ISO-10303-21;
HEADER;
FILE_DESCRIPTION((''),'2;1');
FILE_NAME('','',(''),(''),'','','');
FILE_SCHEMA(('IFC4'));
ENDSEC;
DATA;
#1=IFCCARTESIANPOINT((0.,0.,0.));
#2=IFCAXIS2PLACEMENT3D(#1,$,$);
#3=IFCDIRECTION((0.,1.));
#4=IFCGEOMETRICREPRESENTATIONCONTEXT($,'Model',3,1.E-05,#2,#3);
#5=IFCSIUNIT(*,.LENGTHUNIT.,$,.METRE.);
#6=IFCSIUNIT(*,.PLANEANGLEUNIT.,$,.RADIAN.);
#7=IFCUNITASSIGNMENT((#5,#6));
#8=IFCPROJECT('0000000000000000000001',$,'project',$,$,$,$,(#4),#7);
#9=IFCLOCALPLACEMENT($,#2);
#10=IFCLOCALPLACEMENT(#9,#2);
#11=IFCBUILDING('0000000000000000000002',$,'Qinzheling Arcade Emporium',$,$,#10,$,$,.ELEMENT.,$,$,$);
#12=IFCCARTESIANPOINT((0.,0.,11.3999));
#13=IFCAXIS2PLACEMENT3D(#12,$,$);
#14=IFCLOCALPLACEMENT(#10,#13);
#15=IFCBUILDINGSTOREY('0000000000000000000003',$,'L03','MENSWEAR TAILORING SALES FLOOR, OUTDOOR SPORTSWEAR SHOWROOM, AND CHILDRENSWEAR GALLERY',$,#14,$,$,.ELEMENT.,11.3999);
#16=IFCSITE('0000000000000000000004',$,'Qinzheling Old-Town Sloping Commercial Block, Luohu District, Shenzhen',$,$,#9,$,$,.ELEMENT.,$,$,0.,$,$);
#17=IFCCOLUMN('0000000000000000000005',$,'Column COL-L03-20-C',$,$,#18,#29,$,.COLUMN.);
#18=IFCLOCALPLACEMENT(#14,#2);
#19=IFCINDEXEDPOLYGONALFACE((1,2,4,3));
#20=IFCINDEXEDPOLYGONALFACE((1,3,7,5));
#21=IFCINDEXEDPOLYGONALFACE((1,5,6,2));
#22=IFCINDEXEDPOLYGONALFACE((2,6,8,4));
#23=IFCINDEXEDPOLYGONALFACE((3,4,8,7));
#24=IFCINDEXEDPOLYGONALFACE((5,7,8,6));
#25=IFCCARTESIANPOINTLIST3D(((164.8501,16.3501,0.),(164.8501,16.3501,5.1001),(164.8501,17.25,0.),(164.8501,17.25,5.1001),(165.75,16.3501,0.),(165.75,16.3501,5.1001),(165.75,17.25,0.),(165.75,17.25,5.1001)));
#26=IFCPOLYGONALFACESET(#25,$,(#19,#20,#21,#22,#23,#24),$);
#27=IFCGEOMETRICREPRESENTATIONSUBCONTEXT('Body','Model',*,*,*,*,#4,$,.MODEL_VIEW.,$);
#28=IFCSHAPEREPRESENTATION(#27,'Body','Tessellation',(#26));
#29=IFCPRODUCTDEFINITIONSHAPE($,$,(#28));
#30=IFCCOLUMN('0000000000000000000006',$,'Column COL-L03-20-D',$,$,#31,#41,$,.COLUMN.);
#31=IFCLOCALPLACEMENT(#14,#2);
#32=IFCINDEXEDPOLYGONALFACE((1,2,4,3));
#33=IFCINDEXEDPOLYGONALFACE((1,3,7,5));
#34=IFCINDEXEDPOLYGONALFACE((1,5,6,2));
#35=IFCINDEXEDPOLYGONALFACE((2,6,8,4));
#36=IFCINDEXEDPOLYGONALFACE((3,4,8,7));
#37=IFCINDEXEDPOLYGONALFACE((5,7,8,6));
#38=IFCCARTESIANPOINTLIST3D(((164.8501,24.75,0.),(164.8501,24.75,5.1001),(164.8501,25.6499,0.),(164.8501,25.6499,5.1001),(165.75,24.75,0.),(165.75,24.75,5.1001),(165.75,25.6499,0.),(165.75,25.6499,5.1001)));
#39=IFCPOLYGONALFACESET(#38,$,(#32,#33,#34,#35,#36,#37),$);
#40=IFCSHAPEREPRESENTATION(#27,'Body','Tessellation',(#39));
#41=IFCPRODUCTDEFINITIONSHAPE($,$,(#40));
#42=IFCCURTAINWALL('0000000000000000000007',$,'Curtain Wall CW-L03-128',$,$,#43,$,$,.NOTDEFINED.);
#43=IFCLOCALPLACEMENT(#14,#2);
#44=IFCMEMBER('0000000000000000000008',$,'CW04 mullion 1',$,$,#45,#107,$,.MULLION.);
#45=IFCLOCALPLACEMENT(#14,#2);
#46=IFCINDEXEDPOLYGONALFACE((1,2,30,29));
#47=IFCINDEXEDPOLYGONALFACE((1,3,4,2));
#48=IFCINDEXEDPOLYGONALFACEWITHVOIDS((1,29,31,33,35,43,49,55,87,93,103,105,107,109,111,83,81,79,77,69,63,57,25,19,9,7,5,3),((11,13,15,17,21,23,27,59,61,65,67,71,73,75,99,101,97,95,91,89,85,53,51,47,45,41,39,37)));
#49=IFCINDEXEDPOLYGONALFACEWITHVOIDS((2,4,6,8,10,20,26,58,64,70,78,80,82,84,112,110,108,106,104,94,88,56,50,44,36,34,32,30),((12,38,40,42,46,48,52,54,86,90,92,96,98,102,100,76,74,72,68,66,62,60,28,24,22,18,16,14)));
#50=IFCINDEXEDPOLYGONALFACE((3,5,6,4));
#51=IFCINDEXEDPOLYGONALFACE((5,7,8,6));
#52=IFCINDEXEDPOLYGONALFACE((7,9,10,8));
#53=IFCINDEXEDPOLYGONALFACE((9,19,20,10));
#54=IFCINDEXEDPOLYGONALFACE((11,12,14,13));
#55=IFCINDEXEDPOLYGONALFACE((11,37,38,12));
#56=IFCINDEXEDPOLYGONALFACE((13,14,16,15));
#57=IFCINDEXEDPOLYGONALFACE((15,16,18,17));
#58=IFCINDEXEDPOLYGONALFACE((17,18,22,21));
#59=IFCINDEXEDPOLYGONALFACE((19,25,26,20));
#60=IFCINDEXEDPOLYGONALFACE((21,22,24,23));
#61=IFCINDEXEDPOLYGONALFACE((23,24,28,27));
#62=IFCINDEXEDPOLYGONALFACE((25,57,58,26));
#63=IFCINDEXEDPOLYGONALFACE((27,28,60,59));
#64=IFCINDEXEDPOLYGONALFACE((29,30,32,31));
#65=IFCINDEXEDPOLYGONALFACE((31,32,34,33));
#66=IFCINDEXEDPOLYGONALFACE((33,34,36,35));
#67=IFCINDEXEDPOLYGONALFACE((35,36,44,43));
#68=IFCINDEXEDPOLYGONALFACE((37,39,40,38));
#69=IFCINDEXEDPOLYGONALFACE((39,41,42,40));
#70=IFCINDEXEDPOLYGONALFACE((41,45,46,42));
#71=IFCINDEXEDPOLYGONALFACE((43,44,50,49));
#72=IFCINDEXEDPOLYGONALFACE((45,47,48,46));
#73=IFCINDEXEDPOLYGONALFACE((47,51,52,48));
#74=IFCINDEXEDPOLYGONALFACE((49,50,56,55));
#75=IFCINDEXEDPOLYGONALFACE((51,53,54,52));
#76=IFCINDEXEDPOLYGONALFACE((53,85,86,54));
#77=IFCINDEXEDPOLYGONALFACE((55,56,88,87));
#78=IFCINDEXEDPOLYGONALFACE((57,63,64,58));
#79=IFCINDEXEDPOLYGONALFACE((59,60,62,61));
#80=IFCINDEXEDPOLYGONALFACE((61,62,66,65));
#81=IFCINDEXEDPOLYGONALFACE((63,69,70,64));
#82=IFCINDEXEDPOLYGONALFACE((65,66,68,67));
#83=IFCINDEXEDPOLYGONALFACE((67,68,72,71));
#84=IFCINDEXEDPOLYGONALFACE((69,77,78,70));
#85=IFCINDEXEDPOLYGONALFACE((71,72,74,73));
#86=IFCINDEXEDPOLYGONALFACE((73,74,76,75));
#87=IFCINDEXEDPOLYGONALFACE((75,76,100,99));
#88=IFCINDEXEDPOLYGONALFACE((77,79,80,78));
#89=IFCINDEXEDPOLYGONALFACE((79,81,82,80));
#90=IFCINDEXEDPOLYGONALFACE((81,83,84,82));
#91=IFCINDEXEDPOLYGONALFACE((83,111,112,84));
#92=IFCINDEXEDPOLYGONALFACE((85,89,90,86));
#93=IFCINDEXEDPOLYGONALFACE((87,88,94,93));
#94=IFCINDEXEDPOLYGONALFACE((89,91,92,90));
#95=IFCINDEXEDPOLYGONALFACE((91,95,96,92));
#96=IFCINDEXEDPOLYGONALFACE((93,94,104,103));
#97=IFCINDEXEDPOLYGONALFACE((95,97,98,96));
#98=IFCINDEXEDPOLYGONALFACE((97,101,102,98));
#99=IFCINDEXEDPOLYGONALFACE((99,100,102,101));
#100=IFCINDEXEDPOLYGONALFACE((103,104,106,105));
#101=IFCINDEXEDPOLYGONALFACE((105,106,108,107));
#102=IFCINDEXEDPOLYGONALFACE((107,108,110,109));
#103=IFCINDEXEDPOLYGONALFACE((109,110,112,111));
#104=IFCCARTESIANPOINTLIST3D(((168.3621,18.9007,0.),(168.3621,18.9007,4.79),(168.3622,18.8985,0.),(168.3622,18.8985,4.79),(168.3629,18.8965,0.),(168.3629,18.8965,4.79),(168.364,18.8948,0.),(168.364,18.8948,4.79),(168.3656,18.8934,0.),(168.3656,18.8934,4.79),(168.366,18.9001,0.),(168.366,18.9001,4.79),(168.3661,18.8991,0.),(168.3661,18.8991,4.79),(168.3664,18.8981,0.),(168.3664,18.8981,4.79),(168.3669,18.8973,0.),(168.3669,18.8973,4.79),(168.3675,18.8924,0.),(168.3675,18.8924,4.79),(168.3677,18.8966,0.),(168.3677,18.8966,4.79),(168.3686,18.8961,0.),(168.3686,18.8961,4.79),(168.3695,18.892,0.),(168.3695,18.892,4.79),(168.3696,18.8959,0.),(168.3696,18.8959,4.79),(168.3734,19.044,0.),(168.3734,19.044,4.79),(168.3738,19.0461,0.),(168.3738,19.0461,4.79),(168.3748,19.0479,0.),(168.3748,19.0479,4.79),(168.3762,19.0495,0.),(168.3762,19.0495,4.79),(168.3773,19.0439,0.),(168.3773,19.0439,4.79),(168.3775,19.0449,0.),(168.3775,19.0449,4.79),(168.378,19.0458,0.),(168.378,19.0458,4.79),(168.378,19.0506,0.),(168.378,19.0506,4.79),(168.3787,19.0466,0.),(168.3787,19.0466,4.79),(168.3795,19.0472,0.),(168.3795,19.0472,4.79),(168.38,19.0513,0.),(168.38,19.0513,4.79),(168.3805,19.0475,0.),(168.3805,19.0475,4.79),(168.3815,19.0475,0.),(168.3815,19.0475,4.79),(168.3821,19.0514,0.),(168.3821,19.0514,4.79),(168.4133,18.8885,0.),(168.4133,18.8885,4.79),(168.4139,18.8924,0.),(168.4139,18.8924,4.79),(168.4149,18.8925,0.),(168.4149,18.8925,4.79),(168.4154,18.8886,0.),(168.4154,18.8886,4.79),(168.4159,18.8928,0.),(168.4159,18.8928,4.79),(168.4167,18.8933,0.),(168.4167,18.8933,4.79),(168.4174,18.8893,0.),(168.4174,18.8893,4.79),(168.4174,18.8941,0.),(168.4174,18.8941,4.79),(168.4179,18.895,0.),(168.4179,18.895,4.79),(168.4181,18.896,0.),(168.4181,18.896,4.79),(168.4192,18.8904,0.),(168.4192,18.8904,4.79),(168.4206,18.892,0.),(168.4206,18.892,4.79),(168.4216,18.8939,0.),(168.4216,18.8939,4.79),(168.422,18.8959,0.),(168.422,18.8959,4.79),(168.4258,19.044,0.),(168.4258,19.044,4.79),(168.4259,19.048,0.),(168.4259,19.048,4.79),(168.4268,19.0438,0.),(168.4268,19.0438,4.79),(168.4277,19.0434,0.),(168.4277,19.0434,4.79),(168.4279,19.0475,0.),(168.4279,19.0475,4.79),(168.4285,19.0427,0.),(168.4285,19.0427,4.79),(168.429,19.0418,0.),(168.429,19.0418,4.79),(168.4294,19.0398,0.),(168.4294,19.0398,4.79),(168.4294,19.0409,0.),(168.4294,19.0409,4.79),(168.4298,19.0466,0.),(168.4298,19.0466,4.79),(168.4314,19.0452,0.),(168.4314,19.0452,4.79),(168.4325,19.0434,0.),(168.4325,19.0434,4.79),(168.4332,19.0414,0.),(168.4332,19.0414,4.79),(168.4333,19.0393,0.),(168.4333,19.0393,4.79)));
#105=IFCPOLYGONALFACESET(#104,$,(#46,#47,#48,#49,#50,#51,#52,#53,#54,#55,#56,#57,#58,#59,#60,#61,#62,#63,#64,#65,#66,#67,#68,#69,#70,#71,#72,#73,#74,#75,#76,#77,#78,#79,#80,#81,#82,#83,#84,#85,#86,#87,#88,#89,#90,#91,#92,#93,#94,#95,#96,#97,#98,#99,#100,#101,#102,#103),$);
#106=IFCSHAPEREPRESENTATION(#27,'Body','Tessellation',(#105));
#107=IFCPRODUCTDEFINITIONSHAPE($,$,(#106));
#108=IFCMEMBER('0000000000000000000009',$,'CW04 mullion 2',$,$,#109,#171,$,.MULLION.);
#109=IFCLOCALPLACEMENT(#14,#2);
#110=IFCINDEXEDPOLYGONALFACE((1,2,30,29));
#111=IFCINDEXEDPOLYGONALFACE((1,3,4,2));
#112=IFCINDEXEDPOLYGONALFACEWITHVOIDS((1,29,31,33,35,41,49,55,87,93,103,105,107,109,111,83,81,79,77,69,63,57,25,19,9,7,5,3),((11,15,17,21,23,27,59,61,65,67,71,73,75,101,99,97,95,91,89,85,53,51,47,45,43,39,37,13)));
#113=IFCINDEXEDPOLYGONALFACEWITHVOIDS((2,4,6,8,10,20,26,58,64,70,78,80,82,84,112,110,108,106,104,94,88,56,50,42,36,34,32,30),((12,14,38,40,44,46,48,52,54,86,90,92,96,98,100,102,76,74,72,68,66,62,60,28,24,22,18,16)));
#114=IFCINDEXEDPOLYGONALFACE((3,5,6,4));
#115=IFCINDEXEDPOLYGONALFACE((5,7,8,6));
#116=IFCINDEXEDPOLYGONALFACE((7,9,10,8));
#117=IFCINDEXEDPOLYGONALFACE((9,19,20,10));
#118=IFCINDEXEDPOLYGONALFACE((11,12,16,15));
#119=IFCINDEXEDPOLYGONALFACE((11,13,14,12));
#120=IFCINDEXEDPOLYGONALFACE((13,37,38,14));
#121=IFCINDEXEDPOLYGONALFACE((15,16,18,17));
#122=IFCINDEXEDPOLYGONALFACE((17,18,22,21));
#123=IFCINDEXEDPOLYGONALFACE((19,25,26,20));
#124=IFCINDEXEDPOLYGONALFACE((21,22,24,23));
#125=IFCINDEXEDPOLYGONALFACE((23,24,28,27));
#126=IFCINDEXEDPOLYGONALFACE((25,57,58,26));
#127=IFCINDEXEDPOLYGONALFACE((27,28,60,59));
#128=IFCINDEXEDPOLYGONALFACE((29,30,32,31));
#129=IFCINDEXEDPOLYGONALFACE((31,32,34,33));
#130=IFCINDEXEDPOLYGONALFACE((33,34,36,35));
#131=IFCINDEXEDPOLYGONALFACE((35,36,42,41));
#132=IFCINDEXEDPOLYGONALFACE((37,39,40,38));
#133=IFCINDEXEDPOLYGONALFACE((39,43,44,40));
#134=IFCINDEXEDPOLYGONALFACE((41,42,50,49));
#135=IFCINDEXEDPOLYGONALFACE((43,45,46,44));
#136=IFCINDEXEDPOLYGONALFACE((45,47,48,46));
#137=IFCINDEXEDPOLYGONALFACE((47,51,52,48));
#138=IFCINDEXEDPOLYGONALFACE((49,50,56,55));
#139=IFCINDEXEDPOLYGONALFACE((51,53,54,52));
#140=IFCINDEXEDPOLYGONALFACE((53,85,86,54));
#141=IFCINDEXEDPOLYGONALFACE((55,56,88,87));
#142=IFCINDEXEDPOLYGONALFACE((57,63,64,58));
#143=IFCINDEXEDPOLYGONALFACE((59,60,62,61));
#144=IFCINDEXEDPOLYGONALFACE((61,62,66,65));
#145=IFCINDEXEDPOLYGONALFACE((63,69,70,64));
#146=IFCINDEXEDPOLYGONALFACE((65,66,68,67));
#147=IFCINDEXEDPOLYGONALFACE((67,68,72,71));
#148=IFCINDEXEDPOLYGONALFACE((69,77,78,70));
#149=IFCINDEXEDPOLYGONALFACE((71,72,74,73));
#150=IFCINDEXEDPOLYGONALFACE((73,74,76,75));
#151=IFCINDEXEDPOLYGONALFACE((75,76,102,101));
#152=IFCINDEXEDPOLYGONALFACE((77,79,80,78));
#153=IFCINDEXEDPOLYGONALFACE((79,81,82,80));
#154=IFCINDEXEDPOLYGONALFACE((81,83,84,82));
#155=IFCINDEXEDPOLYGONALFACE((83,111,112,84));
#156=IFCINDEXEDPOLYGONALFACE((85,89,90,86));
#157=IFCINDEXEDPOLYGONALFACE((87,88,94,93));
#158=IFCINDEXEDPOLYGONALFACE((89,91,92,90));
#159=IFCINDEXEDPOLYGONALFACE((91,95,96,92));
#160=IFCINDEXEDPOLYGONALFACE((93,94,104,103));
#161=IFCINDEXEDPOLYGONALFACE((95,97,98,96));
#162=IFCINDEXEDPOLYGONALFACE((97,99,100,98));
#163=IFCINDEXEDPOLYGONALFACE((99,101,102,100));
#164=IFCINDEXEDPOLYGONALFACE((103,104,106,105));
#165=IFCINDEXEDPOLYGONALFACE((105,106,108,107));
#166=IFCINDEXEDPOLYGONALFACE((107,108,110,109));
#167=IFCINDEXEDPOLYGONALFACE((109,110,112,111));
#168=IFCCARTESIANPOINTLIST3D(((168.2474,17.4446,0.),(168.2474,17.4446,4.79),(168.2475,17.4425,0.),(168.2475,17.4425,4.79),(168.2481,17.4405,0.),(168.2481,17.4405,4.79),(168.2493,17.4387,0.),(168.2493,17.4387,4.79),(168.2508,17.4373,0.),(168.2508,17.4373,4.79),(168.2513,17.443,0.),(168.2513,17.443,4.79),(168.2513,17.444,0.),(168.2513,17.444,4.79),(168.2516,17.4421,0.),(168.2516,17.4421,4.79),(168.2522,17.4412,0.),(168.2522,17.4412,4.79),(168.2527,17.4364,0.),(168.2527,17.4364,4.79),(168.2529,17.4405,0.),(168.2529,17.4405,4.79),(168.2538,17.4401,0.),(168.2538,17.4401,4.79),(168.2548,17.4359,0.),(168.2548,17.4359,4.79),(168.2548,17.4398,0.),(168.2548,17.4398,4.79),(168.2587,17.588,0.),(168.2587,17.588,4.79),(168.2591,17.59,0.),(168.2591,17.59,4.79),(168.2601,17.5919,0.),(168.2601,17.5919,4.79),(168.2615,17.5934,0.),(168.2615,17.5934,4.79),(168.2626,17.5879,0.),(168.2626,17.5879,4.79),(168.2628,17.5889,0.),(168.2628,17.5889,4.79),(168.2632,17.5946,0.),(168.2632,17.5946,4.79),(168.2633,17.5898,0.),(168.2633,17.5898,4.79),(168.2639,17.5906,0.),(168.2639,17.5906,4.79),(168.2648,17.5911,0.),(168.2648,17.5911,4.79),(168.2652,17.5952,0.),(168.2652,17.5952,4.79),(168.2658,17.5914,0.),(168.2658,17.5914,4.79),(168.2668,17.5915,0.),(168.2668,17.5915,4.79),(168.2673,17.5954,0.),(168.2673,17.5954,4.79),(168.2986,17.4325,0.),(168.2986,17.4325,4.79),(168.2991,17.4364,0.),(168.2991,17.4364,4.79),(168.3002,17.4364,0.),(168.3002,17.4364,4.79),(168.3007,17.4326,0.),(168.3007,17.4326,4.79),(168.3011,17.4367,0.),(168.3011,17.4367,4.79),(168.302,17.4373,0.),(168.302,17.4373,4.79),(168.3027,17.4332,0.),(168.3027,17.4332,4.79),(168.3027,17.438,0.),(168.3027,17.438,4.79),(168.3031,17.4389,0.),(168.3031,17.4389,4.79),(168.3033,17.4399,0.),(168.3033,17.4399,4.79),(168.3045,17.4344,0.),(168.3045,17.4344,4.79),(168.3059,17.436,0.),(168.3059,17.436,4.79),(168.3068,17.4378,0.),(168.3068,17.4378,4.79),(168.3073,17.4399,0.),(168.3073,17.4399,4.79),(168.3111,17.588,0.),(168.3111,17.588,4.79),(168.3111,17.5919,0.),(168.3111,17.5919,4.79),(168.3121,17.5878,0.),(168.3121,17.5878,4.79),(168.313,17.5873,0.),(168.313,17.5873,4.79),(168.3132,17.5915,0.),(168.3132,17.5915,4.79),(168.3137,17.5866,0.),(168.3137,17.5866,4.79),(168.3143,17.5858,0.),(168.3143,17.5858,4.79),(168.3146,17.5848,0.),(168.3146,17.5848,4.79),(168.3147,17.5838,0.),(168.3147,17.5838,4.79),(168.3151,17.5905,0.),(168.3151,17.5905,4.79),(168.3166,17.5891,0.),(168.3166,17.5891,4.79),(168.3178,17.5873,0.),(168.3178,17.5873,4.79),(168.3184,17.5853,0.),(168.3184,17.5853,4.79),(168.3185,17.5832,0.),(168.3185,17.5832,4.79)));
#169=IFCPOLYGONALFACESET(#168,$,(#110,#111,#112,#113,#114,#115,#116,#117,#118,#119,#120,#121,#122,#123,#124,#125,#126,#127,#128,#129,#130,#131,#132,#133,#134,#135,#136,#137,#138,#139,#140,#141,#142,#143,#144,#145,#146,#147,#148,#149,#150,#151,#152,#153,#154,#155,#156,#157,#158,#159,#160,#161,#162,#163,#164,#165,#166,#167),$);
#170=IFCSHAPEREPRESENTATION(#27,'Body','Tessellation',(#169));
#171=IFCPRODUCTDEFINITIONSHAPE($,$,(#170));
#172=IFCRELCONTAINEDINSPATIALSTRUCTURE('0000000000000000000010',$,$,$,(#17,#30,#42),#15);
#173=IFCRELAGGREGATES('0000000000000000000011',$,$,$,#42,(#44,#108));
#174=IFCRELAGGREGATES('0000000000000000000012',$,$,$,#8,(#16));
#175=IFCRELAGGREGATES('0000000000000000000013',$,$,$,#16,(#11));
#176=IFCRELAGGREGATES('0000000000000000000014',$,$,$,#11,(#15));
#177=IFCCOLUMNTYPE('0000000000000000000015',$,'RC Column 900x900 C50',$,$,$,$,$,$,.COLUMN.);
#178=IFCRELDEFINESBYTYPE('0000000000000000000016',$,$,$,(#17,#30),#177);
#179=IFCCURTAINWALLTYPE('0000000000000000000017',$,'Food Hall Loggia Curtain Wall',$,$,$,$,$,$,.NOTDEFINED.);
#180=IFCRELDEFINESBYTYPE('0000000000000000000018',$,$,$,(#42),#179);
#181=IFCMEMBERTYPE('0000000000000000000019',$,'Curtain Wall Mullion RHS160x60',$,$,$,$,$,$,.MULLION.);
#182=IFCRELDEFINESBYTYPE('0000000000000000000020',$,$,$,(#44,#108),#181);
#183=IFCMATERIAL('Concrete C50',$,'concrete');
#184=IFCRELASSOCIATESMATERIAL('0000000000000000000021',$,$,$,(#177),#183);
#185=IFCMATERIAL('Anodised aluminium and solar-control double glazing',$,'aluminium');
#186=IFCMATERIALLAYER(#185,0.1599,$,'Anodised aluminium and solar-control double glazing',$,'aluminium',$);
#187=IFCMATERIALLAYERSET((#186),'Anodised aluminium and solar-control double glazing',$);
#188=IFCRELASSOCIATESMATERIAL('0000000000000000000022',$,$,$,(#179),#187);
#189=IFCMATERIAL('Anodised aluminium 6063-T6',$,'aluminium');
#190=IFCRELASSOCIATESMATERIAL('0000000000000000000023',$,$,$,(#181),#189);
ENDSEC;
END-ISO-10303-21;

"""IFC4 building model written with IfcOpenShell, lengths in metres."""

from ifc_helpers import new_model, si_unit, direction, frame, origin, origin_2d, place, context, subcontext, project, spatial, rectangle, hollow_rectangle, extrude, material, layer, layer_set, material_profile, profile_set, type_object, element, aggregate, save


model = new_model("IFC4")

# Units and contexts
model_context = context("Model", 3, precision=1e-05, world=origin(), true_north=direction((0.0, 1.0)))
body_context = subcontext(model_context, "Body", "Model", "MODEL_VIEW")
ifc_project = project(units=[si_unit("LENGTHUNIT", "METRE"), si_unit("PLANEANGLEUNIT", "RADIAN")], contexts=[model_context])

# Site, building, storey
site_placement = place(None, origin())
site = spatial("IfcSite", under=ifc_project, at=site_placement, Name="Qinzheling Old-Town Sloping Commercial Block, Luohu District, Shenzhen", CompositionType="ELEMENT", RefElevation=0.0)
building_placement = place(site_placement, origin())
building = spatial("IfcBuilding", under=site, at=building_placement, Name="Qinzheling Arcade Emporium", CompositionType="ELEMENT")
storey_placement = place(building_placement, frame((0.0, 0.0, 11.3999)))
storey = spatial("IfcBuildingStorey", under=building, at=storey_placement, Name="L03", Description="MENSWEAR TAILORING SALES FLOOR, OUTDOOR SPORTSWEAR SHOWROOM, AND CHILDRENSWEAR GALLERY", CompositionType="ELEMENT", Elevation=11.3999)

# Columns
ifc_material_1 = material(Name="Concrete C50", Category="concrete")
ifc_material_profile_1 = material_profile(ifc_material_1, rectangle(XDim=0.8999, YDim=0.8999, at=origin_2d()), Name="RC 900x900", Category="concrete")
ifc_profile_set_1 = profile_set([ifc_material_profile_1], Name="Concrete C50")
column_type = type_object("IfcColumnType", Name="RC Column 900x900 C50", PredefinedType="COLUMN", material=ifc_profile_set_1)
for number, where, z_axis, x_axis, name in (
    (1, (165.3, 16.8, 0.0), (0.0, 0.0, 1.0), (1.0, 0.0, 0.0), "Column COL-L03-20-C"),
    (2, (165.3, 25.2, 0.0), (0.0, 0.0, 1.0), (1.0, 0.0, 0.0), "Column COL-L03-20-D"),
):
    element("IfcColumn", number, at=place(storey_placement, frame(where, z_axis=z_axis, x_axis=x_axis)), inside=storey, type_object=column_type, Name=name, PredefinedType="COLUMN", context=body_context, shape_type="SweptSolid", body=[
        extrude(rectangle(XDim=0.8999, YDim=0.8999, at=origin_2d()), origin(), (0.0, 0.0, 1.0), 5.1001),
    ])

# Curtain wall, members
ifc_material_2 = material(Name="Anodised aluminium and solar-control double glazing", Category="aluminium")
ifc_layer_1 = layer(ifc_material_2, 0.1599, Name="Anodised aluminium and solar-control double glazing", Category="aluminium")
ifc_layer_set_1 = layer_set([ifc_layer_1], Name="Anodised aluminium and solar-control double glazing")
curtain_wall_type = type_object("IfcCurtainWallType", Name="Food Hall Loggia Curtain Wall", PredefinedType="NOTDEFINED", material=ifc_layer_set_1)
curtain_wall_placement = place(storey_placement, origin())
curtain_wall = element("IfcCurtainWall", 3, at=curtain_wall_placement, inside=storey, type_object=curtain_wall_type, Name="Curtain Wall CW-L03-128", PredefinedType="NOTDEFINED")
ifc_material_3 = material(Name="Anodised aluminium 6063-T6", Category="aluminium")
ifc_material_profile_2 = material_profile(ifc_material_3, hollow_rectangle(XDim=0.0601, YDim=0.1599, WallThickness=0.0039, InnerFilletRadius=0.0039, OuterFilletRadius=0.0081, at=origin_2d()), Name="RHS 160x60x4", Category="aluminium")
ifc_profile_set_2 = profile_set([ifc_material_profile_2], Name="Anodised aluminium 6063-T6")
member_type_1 = type_object("IfcMemberType", Name="Curtain Wall Mullion RHS160x60", PredefinedType="MULLION", material=ifc_profile_set_2)
member_1_placement = place(storey_placement, frame((168.3977, 18.97, 0.0), z_axis=(0.0, 0.0, 1.0), x_axis=(0.996915, -0.078492, 0.0)))
member_1 = element("IfcMember", 4, at=member_1_placement, type_object=member_type_1, Name="CW04 mullion 1", PredefinedType="MULLION", context=body_context, shape_type="SweptSolid", body=[
    extrude(hollow_rectangle(XDim=0.0601, YDim=0.1599, WallThickness=0.0039, InnerFilletRadius=0.0039, OuterFilletRadius=0.0081, at=origin_2d()), origin(), (0.0, 0.0, 1.0), 4.79),
])
member_2_placement = place(storey_placement, frame((168.283, 17.5139, 0.0), z_axis=(0.0, 0.0, 1.0), x_axis=(0.996915, -0.078492, 0.0)))
member_2 = element("IfcMember", 5, at=member_2_placement, type_object=member_type_1, Name="CW04 mullion 2", PredefinedType="MULLION", context=body_context, shape_type="SweptSolid", body=[
    extrude(hollow_rectangle(XDim=0.0601, YDim=0.1599, WallThickness=0.0039, InnerFilletRadius=0.0039, OuterFilletRadius=0.0081, at=origin_2d()), origin(), (0.0, 0.0, 1.0), 4.79),
])

aggregate(curtain_wall, [member_1, member_2])

save(model, "model.ifc")
